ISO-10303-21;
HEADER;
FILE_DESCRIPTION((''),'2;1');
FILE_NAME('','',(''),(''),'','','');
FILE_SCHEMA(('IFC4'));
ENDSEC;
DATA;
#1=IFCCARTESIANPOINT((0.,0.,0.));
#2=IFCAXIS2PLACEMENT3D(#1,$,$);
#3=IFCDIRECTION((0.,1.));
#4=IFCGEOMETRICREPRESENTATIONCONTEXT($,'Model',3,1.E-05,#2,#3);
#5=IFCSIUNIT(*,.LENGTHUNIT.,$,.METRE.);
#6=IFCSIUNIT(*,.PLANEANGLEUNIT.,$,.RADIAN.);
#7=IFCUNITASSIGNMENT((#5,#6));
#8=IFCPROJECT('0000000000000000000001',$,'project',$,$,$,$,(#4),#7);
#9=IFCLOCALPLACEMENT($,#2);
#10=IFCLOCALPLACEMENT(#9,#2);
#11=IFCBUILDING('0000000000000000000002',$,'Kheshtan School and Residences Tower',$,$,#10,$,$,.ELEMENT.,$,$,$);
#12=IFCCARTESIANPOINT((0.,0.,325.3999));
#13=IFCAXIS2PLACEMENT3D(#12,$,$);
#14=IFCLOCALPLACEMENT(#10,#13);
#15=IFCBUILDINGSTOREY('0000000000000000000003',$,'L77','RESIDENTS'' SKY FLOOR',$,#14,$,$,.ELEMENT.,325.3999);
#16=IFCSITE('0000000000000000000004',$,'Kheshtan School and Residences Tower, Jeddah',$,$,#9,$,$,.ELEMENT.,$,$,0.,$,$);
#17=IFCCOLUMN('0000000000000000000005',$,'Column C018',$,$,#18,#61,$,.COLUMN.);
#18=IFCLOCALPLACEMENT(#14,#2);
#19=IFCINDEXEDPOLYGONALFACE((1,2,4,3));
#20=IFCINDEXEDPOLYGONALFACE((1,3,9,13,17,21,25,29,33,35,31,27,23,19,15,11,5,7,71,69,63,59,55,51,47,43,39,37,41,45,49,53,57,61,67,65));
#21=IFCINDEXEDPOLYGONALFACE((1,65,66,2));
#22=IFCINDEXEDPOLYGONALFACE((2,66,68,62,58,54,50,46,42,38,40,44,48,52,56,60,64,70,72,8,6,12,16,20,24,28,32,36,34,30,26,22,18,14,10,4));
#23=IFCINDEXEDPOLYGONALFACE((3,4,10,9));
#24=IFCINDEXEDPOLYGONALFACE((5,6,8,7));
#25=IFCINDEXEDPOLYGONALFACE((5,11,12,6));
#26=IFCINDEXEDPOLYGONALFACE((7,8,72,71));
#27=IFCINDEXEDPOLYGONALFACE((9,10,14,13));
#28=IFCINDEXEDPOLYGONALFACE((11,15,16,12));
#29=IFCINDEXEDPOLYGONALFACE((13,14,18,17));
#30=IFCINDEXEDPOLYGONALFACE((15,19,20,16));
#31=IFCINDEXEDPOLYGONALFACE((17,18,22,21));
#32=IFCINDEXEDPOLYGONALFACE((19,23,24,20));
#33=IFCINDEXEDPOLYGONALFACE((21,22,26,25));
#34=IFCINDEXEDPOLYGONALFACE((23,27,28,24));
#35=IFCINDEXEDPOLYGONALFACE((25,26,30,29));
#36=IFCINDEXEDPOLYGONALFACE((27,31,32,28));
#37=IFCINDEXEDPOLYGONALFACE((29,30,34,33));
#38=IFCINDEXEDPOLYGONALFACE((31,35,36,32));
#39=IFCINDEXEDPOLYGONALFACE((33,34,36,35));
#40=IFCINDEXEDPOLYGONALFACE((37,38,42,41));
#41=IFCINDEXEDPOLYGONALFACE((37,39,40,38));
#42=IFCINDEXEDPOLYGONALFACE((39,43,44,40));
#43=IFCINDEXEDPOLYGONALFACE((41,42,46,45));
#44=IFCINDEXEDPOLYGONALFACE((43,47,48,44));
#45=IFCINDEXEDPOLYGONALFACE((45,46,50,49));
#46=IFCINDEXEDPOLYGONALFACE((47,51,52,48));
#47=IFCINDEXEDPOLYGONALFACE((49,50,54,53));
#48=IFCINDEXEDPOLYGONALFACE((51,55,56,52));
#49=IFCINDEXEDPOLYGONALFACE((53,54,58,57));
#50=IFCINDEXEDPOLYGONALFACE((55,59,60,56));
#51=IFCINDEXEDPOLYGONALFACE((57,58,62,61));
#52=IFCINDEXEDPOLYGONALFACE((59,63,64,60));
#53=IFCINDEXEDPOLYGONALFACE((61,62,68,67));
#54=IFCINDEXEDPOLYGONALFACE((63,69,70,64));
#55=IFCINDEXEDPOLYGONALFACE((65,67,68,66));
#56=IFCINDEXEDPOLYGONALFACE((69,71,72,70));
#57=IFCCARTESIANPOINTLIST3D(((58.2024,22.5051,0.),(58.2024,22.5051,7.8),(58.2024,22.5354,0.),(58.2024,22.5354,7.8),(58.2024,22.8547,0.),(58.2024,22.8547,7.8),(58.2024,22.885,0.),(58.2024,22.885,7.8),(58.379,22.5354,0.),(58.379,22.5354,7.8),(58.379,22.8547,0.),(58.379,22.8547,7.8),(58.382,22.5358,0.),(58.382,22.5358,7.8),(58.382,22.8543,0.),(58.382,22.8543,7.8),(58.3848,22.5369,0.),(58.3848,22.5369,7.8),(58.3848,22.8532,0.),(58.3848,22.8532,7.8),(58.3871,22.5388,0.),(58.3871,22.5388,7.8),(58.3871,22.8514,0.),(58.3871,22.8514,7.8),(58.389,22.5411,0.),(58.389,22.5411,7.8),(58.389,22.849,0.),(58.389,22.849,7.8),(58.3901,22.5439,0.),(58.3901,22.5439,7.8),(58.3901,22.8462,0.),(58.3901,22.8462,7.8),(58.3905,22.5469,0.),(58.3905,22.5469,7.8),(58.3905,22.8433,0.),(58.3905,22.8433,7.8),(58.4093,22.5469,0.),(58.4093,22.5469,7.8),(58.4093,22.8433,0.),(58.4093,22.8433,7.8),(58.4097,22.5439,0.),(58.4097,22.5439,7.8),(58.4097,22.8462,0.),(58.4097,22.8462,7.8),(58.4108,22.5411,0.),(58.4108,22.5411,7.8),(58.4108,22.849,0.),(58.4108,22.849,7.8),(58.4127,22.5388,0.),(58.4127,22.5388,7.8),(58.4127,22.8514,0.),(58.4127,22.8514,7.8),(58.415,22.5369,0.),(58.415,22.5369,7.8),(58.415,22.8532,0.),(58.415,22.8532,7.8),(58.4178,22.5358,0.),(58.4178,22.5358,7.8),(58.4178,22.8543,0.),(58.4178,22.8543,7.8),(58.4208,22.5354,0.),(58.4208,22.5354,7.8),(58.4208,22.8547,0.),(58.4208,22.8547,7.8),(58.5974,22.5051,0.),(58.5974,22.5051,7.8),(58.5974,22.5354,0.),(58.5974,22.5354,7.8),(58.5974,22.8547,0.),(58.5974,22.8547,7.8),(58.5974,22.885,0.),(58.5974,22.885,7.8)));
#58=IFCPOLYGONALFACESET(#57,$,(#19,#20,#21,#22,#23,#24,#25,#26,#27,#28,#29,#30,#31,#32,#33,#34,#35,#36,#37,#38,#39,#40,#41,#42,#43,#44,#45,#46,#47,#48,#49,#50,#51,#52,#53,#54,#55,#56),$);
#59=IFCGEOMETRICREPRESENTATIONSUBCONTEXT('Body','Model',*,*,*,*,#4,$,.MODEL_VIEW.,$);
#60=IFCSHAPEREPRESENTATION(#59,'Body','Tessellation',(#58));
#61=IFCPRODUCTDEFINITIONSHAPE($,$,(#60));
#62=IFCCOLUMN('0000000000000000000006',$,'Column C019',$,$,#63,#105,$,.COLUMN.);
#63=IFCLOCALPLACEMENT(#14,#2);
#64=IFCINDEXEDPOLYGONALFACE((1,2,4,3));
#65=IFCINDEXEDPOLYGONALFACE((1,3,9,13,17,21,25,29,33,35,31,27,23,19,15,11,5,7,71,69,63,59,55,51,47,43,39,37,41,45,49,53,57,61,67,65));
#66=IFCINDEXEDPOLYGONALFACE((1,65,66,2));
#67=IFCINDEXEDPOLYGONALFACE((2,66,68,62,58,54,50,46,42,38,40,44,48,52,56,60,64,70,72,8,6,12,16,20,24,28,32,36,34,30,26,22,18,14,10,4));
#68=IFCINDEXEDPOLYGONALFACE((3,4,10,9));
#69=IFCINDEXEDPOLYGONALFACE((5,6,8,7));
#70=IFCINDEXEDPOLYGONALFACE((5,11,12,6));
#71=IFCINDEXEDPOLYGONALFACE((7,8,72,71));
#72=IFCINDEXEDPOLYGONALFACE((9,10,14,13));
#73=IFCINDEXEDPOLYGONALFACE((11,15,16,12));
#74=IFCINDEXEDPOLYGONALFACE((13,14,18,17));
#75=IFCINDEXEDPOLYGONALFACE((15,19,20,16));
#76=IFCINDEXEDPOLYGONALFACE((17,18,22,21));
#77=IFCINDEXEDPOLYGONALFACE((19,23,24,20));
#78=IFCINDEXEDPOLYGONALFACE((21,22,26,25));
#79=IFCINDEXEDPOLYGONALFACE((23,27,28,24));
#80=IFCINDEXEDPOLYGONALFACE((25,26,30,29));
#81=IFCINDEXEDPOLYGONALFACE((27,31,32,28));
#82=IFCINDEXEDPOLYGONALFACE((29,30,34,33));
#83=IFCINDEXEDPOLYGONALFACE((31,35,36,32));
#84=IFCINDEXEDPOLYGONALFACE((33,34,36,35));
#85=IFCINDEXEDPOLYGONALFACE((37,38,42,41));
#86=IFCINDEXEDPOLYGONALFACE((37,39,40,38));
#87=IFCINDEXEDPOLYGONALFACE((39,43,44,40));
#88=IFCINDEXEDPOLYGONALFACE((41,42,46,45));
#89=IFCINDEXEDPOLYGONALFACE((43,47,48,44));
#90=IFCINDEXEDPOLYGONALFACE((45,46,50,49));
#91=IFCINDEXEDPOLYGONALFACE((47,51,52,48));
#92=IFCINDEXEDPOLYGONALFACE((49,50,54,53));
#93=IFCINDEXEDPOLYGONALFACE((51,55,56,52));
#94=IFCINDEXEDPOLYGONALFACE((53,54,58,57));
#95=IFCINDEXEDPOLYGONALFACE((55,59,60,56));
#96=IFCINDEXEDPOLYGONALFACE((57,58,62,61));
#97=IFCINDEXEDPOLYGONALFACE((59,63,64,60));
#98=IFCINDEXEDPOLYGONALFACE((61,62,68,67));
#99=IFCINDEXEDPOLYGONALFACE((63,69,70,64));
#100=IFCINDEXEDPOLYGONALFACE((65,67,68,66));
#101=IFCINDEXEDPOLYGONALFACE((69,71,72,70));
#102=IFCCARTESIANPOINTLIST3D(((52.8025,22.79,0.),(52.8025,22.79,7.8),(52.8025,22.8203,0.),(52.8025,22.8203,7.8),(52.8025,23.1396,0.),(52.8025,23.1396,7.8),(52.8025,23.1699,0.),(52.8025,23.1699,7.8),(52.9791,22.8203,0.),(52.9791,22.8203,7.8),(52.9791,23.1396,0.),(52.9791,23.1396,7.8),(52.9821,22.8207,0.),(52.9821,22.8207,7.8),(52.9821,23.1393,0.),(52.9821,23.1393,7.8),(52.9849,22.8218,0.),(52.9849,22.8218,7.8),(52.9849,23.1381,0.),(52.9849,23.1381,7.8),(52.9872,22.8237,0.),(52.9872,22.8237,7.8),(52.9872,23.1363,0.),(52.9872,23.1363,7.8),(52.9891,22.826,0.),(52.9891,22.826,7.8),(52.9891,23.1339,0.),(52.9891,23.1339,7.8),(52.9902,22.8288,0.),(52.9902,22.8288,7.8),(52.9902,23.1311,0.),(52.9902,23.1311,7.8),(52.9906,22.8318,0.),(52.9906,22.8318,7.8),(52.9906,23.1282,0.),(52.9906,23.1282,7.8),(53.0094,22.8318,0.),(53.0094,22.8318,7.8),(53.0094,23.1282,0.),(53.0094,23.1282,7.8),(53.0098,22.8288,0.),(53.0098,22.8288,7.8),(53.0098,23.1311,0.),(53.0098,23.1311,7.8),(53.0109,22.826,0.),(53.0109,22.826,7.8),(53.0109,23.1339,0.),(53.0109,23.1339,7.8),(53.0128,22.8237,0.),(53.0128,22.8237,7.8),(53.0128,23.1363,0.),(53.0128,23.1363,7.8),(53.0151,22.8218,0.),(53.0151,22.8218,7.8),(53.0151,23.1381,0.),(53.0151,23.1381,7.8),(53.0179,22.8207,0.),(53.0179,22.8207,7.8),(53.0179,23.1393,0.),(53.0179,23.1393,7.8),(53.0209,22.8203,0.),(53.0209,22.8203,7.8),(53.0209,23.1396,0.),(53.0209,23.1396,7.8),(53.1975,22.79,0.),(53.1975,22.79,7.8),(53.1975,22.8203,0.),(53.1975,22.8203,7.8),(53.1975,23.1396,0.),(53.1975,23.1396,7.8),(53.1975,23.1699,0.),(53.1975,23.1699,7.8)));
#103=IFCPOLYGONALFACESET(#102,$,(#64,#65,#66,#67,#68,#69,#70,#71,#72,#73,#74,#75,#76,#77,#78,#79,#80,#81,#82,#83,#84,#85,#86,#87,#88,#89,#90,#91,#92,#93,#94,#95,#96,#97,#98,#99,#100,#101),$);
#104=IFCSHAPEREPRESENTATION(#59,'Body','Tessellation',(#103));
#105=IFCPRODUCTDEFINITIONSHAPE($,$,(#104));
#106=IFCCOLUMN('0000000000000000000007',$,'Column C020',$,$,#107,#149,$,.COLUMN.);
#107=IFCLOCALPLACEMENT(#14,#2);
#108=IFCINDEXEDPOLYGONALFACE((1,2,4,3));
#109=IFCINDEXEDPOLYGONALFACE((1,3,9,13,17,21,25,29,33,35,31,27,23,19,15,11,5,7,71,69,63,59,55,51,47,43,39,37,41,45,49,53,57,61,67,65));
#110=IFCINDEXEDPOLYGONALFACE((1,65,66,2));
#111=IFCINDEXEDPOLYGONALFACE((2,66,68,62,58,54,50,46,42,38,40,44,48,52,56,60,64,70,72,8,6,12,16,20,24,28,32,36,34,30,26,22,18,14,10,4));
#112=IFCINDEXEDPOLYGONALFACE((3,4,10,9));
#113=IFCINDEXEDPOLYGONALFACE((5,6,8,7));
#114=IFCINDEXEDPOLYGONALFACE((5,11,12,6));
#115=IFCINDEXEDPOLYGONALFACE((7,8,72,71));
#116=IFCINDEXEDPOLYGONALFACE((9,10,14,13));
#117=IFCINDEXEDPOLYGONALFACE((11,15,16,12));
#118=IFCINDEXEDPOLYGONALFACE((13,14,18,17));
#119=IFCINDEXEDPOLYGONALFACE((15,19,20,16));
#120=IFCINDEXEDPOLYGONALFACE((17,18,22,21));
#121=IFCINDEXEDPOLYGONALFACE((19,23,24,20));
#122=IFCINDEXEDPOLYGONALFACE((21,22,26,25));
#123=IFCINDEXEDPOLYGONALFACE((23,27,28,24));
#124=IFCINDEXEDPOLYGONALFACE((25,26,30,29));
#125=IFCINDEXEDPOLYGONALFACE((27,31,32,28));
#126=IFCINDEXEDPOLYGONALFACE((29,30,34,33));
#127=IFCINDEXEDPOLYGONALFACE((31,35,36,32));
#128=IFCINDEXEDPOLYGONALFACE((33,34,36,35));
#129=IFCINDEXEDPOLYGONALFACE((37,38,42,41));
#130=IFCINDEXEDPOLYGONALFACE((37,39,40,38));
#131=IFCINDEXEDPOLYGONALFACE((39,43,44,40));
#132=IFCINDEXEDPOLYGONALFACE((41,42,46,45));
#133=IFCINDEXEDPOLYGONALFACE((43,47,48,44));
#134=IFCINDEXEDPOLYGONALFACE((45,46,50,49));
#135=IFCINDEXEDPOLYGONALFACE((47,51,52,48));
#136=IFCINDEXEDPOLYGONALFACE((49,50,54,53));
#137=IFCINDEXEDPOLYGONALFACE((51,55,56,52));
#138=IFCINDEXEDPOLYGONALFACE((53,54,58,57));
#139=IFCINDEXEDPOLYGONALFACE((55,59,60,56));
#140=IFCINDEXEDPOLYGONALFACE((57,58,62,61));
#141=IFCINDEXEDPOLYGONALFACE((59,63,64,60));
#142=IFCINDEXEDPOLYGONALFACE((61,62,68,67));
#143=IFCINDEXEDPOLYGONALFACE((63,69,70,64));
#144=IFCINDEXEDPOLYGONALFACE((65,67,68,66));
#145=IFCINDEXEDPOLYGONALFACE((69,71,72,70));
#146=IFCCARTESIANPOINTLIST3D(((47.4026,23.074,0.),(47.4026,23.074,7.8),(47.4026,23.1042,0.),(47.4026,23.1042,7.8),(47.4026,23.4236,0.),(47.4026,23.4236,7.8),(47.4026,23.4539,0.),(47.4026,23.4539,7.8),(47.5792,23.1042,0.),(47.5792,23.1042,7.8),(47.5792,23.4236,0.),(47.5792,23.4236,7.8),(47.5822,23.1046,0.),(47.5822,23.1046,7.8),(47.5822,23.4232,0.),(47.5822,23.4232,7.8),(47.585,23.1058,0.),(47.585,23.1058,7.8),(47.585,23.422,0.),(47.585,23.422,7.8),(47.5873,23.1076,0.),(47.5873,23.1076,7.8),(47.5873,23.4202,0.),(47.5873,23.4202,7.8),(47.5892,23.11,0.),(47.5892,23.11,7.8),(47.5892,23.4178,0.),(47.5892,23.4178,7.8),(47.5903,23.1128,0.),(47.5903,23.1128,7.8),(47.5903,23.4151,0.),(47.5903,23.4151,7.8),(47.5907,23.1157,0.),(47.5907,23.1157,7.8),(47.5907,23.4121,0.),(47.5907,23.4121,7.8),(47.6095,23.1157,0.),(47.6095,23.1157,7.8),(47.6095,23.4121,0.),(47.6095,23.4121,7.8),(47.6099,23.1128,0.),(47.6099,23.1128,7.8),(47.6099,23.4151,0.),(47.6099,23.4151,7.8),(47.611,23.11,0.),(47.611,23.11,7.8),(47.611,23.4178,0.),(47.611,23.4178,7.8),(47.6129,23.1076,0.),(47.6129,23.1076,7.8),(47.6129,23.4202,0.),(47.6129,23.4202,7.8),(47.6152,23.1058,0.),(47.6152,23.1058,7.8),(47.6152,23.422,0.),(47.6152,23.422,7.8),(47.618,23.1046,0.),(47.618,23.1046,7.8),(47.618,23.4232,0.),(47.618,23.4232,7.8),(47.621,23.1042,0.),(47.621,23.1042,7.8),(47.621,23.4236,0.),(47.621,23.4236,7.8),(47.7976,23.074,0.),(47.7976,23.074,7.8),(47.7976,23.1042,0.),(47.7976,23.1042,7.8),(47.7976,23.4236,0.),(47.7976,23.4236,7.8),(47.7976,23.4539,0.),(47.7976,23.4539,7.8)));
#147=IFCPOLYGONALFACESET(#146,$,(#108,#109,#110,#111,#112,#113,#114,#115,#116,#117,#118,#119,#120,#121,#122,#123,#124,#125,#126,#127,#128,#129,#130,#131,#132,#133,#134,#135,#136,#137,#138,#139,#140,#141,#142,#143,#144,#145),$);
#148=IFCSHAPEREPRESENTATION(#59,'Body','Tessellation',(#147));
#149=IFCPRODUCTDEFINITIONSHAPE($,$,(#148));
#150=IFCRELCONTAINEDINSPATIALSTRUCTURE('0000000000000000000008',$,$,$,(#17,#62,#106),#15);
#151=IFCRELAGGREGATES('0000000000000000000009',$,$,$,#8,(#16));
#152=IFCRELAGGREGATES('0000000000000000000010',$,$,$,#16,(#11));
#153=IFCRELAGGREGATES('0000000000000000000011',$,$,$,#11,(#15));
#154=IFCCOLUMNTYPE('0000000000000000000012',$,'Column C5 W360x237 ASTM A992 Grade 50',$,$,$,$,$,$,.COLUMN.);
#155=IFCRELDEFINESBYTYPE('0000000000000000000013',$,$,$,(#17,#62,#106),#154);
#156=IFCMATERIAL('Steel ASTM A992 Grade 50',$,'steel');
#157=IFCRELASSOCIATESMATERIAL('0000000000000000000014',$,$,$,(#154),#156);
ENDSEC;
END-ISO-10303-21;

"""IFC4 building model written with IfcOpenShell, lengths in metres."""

from ifc_helpers import new_model, si_unit, direction, frame, origin, origin_2d, place, context, subcontext, project, spatial, i_section, extrude, material, material_profile, profile_set, type_object, element, save


model = new_model("IFC4")

# Units and contexts
model_context = context("Model", 3, precision=1e-05, world=origin(), true_north=direction((0.0, 1.0)))
body_context = subcontext(model_context, "Body", "Model", "MODEL_VIEW")
ifc_project = project(units=[si_unit("LENGTHUNIT", "METRE"), si_unit("PLANEANGLEUNIT", "RADIAN")], contexts=[model_context])

# Site, building, storey
site_placement = place(None, origin())
site = spatial("IfcSite", under=ifc_project, at=site_placement, Name="Kheshtan School and Residences Tower, Jeddah", CompositionType="ELEMENT", RefElevation=0.0)
building_placement = place(site_placement, origin())
building = spatial("IfcBuilding", under=site, at=building_placement, Name="Kheshtan School and Residences Tower", CompositionType="ELEMENT")
storey_placement = place(building_placement, frame((0.0, 0.0, 325.3999)))
storey = spatial("IfcBuildingStorey", under=building, at=storey_placement, Name="L77", Description="RESIDENTS' SKY FLOOR", CompositionType="ELEMENT", Elevation=325.3999)

# Columns
ifc_material_1 = material(Name="Steel ASTM A992 Grade 50", Category="steel")
ifc_material_profile_1 = material_profile(ifc_material_1, i_section(OverallWidth=0.395, OverallDepth=0.3799, WebThickness=0.0188, FlangeThickness=0.0303, FilletRadius=0.0115, at=origin_2d()), Name="W360x237")
ifc_profile_set_1 = profile_set([ifc_material_profile_1], Name="Steel ASTM A992 Grade 50")
column_type_1 = type_object("IfcColumnType", Name="Column C5 W360x237 ASTM A992 Grade 50", PredefinedType="COLUMN", material=ifc_profile_set_1)
for number, where, z_axis, x_axis, name in (
    (1, (58.3999, 22.6951, 0.0), (0.0, 0.0, 1.0), (1.0, 0.0, 0.0), "Column C018"),
    (2, (53.0, 22.98, 0.0), (0.0, 0.0, 1.0), (1.0, 0.0, 0.0), "Column C019"),
    (3, (47.6001, 23.2639, 0.0), (0.0, 0.0, 1.0), (1.0, 0.0, 0.0), "Column C020"),
):
    element("IfcColumn", number, at=place(storey_placement, frame(where, z_axis=z_axis, x_axis=x_axis)), inside=storey, type_object=column_type_1, Name=name, PredefinedType="COLUMN", context=body_context, shape_type="SweptSolid", body=[
        extrude(i_section(OverallWidth=0.395, OverallDepth=0.3799, WebThickness=0.0188, FlangeThickness=0.0303, FilletRadius=0.0115, at=origin_2d()), origin(), (0.0, 0.0, 1.0), 7.8),
    ])

save(model, "model.ifc")
